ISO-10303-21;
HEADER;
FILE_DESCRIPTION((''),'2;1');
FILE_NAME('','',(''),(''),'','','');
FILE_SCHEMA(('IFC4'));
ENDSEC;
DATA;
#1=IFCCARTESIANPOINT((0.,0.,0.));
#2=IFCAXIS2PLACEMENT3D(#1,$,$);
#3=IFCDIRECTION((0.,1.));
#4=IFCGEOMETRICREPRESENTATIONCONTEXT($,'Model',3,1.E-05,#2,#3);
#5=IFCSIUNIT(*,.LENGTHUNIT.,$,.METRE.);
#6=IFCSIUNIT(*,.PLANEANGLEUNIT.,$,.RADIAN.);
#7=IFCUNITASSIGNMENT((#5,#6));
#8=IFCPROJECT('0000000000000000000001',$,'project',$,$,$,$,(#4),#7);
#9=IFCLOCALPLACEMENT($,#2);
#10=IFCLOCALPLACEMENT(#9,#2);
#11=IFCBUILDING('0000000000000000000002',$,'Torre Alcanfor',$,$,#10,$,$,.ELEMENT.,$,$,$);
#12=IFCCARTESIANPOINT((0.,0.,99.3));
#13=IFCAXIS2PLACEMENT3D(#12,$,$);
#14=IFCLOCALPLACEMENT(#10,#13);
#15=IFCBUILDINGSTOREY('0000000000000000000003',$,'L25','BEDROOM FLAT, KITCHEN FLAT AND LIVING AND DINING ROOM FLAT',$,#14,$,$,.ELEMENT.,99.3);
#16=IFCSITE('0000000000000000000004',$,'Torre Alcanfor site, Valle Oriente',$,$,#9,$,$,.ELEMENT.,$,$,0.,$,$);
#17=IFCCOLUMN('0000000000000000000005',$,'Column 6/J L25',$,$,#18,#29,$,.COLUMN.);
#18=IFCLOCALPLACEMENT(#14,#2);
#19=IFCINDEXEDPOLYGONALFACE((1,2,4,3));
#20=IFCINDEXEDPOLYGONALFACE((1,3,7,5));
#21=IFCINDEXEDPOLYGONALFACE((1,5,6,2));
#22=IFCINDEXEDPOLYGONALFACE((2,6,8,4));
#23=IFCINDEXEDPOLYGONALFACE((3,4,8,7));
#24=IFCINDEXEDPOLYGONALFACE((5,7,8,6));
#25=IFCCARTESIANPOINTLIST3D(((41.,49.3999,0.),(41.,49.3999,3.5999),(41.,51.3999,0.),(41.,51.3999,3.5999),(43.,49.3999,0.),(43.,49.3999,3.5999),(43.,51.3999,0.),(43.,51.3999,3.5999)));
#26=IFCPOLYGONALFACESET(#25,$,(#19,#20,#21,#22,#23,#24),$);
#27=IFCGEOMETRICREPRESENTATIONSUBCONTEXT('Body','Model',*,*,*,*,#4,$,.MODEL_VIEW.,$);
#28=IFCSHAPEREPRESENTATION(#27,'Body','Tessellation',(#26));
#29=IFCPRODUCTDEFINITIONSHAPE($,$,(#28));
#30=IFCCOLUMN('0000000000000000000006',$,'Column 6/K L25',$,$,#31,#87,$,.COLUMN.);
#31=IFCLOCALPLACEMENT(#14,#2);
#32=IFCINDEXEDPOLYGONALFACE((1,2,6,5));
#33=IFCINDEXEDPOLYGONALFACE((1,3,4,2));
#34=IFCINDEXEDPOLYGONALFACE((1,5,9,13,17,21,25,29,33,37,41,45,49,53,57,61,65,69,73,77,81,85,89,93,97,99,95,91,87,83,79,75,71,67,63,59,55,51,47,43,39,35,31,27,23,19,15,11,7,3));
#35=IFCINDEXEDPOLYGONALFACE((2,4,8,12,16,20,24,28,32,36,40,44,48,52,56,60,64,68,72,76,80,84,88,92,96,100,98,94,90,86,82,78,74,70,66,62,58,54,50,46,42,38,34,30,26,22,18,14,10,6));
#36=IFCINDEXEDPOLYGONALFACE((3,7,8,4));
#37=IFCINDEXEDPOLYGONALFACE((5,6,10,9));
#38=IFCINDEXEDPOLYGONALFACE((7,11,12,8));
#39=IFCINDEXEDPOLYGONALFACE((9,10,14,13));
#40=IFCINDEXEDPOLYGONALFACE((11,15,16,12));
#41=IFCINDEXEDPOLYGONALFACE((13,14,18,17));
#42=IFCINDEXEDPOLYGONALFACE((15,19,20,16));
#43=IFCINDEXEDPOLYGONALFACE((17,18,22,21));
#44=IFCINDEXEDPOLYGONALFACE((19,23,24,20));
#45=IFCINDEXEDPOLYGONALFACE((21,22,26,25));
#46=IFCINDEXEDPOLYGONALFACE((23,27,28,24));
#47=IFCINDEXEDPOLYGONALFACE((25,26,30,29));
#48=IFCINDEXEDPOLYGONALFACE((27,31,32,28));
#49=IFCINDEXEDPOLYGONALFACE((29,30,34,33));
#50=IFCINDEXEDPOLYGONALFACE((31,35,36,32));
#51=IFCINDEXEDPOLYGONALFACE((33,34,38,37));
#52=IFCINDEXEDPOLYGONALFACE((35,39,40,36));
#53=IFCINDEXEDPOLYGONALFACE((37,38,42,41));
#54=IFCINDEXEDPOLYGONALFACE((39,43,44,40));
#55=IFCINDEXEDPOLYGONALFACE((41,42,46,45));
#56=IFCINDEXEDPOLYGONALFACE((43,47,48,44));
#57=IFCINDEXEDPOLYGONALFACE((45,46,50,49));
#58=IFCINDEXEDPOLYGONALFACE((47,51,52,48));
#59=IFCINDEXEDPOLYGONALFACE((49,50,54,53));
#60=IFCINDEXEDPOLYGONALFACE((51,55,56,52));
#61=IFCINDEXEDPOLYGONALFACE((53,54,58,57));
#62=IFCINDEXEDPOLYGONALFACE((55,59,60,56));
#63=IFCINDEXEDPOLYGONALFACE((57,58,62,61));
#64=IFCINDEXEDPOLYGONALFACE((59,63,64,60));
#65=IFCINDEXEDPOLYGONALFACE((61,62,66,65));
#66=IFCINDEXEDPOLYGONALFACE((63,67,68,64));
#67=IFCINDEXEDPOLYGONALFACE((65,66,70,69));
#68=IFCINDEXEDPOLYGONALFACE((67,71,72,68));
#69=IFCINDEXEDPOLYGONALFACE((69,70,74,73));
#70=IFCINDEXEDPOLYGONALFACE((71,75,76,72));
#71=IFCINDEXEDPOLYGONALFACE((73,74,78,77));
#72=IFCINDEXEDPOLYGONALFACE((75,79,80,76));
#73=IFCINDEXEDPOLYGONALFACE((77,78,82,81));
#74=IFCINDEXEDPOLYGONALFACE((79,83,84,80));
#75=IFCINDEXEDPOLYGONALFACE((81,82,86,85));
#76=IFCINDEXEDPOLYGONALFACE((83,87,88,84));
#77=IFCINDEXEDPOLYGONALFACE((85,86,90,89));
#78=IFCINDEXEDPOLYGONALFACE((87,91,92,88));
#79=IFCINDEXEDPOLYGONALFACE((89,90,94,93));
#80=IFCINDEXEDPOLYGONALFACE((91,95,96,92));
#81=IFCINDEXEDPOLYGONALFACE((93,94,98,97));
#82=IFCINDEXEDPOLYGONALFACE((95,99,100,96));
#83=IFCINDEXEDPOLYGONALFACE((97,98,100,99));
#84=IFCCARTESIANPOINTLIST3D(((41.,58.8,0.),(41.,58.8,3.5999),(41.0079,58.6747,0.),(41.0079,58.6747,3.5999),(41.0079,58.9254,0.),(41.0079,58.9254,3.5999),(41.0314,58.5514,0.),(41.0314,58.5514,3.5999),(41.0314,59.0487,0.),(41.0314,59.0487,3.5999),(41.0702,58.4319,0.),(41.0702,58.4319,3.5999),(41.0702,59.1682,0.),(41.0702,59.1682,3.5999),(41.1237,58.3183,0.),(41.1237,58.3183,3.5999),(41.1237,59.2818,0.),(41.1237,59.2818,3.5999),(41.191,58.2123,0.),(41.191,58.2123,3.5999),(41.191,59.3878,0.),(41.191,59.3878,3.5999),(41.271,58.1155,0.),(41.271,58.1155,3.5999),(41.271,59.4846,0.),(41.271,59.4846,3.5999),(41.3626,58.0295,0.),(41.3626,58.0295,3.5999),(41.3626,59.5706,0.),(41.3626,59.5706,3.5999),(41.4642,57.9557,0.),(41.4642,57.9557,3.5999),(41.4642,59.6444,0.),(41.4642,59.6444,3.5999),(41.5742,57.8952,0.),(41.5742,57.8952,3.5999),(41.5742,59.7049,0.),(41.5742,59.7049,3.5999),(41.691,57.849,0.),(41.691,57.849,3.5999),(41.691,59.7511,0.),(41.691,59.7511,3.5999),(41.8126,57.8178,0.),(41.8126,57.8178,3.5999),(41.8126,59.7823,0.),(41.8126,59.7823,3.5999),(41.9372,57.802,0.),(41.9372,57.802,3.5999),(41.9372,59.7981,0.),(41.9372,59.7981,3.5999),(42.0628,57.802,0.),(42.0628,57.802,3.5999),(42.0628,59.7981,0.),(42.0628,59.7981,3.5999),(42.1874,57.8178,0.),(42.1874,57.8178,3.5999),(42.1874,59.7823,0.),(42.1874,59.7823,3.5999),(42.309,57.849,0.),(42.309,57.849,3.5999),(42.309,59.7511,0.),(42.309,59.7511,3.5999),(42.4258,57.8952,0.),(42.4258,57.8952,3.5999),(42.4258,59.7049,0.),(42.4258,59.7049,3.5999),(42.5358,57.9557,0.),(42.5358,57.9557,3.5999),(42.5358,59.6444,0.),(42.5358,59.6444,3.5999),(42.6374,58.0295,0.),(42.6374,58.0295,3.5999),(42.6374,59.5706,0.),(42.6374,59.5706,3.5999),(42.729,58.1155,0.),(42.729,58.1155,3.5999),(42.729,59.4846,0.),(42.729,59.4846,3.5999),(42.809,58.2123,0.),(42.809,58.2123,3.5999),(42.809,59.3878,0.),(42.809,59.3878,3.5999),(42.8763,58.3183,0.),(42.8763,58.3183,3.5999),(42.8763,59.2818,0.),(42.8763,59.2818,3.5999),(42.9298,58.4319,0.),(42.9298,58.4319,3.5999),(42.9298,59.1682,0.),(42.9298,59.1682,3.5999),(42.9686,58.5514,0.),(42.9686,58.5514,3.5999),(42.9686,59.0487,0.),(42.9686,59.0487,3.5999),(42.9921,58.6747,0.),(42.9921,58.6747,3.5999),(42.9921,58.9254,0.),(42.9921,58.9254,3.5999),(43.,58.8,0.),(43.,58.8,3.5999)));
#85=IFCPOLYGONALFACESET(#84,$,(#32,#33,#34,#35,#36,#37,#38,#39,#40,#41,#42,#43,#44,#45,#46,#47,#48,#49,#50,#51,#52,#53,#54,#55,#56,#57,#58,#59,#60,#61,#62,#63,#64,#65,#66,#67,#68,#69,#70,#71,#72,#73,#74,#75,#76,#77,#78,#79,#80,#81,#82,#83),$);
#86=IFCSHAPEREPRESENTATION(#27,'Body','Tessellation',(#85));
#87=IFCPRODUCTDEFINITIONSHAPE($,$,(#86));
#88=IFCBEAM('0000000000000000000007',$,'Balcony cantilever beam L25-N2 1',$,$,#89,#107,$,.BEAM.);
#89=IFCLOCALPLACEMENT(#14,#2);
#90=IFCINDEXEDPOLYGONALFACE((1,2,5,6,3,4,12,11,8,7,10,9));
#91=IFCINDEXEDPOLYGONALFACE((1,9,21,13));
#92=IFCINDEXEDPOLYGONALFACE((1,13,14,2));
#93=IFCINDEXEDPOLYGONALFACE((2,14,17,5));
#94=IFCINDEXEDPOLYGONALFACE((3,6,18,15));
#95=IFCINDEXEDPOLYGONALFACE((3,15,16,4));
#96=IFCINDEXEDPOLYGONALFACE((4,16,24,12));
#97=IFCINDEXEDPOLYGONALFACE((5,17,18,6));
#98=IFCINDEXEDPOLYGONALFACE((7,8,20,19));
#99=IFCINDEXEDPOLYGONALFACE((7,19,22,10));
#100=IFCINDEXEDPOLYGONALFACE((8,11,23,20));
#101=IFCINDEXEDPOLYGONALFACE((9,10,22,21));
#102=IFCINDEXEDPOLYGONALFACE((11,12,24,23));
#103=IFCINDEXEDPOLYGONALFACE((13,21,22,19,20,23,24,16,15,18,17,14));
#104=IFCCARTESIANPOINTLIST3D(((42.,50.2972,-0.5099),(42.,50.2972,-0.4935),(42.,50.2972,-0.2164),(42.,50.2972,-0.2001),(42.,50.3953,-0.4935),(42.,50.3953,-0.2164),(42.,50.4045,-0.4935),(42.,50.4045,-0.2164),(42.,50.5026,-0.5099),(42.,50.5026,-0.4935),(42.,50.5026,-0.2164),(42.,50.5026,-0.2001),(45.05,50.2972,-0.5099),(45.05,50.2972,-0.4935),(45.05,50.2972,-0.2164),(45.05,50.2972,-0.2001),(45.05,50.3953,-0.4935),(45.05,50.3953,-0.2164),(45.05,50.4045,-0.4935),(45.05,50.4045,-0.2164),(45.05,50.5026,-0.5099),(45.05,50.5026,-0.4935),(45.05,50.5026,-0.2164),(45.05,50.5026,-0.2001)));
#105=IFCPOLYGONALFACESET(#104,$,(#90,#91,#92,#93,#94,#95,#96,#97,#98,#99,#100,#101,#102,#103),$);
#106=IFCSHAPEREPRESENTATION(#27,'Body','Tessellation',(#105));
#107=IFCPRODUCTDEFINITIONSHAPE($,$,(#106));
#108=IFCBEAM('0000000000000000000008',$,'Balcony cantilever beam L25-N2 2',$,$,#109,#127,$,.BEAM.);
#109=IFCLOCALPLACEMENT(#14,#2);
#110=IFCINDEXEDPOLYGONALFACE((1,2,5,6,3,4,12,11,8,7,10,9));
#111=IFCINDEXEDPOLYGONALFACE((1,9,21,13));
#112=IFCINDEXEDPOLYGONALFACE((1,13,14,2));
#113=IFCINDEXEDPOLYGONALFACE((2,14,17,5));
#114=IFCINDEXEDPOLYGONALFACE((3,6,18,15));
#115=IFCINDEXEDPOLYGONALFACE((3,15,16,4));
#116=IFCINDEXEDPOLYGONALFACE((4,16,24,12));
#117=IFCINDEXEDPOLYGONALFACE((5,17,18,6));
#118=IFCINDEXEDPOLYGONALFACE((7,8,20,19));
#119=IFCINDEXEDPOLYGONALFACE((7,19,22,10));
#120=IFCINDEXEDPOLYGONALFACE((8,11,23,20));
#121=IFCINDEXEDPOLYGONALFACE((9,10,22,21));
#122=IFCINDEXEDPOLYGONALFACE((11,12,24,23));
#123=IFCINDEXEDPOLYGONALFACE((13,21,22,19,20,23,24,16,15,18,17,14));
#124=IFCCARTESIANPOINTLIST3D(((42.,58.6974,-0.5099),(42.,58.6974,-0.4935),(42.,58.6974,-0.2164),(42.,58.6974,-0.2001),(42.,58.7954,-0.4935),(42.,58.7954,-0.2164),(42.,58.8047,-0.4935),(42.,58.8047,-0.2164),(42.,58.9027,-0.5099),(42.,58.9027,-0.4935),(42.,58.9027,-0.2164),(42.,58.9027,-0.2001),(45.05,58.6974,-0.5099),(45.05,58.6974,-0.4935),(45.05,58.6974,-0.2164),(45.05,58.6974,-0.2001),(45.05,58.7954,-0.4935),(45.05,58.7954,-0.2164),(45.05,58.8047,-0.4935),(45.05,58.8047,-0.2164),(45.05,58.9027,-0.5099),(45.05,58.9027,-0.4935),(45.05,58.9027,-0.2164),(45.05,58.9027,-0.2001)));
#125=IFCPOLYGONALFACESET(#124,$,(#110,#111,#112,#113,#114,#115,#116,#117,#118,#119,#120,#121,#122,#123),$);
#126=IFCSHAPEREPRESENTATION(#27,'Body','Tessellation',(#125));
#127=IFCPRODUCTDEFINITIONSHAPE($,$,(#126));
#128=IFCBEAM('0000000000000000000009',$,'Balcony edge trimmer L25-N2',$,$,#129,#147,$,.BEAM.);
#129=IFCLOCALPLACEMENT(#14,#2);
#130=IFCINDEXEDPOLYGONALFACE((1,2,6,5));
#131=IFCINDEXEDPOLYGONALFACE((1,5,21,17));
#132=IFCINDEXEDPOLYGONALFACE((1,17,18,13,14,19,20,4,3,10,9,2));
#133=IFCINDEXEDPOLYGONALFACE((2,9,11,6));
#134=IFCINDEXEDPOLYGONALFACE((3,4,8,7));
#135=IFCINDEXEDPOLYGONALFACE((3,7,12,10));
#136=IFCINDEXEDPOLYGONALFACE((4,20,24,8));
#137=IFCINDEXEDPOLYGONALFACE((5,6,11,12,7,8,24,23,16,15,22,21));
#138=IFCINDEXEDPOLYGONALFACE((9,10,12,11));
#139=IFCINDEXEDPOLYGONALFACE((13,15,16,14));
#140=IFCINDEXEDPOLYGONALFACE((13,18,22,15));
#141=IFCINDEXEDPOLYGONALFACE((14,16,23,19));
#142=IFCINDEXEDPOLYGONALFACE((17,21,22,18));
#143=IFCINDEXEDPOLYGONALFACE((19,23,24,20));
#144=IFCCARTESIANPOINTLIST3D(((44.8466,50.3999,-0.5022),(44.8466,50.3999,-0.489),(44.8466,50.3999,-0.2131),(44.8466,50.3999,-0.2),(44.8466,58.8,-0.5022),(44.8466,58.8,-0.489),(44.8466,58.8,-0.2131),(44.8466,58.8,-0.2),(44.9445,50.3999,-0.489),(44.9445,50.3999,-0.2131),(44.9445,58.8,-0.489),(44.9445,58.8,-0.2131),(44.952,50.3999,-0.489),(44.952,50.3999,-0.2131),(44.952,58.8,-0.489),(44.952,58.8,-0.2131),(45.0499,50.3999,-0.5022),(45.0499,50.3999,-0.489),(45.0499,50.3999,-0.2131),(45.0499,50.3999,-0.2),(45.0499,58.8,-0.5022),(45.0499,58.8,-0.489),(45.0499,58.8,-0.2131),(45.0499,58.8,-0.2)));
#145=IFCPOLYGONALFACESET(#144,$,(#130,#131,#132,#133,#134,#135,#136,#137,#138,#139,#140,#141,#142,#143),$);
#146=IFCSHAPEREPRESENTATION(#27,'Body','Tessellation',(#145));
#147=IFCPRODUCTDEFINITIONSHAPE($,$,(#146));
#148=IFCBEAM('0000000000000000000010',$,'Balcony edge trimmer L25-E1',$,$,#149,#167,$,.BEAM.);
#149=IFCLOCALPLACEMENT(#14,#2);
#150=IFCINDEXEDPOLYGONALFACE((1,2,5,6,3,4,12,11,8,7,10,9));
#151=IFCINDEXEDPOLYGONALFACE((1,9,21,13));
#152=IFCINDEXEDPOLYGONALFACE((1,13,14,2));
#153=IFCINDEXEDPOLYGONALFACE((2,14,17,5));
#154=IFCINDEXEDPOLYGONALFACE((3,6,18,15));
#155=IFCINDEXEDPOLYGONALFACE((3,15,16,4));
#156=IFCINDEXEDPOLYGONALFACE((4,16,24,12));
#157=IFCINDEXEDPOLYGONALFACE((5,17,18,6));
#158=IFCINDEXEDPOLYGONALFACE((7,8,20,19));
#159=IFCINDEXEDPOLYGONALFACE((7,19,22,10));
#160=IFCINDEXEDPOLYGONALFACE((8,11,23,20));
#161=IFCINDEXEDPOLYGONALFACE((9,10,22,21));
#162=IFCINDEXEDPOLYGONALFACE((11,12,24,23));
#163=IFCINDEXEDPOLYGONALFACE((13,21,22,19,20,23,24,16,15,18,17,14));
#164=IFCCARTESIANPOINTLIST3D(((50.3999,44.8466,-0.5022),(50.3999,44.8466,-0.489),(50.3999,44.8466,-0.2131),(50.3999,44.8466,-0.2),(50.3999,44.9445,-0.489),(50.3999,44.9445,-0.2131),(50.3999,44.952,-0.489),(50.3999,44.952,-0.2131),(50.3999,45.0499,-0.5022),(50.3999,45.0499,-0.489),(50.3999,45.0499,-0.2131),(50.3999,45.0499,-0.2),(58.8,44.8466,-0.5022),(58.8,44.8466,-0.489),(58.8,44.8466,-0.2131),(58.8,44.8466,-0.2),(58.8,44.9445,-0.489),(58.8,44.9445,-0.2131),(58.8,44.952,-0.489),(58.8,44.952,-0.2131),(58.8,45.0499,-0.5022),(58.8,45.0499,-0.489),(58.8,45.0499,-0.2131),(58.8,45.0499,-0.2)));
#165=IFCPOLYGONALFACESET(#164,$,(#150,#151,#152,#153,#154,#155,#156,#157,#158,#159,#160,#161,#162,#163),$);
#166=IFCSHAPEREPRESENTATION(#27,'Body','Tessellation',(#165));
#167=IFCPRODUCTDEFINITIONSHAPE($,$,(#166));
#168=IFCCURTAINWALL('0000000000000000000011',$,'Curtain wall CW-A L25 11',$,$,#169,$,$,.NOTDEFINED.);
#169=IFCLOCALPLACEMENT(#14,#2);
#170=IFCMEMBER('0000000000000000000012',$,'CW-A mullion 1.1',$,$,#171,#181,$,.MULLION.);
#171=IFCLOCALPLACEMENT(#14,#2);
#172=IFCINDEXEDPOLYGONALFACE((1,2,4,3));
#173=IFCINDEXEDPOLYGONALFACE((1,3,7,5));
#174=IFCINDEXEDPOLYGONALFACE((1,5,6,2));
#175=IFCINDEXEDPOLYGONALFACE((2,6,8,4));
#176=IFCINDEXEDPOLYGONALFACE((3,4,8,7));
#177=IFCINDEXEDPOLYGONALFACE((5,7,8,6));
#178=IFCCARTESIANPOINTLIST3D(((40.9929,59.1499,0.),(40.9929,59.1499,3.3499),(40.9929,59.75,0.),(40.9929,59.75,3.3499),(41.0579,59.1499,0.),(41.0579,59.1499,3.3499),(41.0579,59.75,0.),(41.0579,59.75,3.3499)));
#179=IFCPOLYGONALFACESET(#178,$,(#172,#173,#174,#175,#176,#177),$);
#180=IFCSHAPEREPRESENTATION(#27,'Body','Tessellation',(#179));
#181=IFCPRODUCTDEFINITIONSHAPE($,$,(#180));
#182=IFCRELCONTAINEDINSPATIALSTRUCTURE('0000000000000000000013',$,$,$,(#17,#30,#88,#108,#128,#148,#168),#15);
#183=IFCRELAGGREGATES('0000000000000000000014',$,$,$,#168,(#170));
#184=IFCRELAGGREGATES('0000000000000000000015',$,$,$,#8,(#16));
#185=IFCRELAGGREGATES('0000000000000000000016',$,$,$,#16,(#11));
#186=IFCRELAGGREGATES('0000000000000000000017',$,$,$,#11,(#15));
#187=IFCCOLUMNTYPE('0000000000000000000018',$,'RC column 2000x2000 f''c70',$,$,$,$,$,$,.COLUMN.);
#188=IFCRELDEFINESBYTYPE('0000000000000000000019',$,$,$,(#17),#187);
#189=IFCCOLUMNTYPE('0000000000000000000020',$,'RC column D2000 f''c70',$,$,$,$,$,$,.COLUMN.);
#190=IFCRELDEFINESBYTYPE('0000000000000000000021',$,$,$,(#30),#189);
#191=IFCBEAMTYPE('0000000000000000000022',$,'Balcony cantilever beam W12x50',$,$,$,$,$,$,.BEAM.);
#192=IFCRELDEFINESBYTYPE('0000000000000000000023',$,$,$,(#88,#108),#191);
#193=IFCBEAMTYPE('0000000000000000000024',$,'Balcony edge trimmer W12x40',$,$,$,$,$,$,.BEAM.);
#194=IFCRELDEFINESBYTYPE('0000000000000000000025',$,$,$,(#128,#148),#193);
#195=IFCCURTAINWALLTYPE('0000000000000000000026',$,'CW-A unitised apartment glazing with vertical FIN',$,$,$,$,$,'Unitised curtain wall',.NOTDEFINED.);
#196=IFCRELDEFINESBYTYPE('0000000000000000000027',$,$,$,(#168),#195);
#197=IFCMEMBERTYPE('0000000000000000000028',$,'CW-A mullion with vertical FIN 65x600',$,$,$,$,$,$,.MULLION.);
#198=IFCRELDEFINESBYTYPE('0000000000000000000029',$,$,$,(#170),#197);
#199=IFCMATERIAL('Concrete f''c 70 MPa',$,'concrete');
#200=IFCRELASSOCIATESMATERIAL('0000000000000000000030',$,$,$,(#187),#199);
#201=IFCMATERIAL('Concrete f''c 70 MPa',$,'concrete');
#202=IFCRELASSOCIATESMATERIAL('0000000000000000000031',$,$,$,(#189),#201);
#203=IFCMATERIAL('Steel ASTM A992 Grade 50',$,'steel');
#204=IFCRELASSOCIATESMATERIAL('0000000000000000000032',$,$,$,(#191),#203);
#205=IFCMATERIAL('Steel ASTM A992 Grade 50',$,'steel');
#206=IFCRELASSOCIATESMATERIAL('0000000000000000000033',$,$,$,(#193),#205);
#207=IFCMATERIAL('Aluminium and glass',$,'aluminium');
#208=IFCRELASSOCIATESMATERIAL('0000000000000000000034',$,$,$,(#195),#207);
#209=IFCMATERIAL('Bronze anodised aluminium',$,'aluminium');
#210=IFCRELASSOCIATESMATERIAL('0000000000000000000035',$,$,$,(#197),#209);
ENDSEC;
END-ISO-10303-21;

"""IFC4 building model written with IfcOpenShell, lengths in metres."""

from ifc_helpers import new_model, si_unit, direction, frame, origin, origin_2d, place, context, subcontext, project, spatial, rectangle, circle, i_section, extrude, material, material_profile, profile_set, type_object, element, aggregate, save


model = new_model("IFC4")

# Units and contexts
model_context = context("Model", 3, precision=1e-05, world=origin(), true_north=direction((0.0, 1.0)))
body_context = subcontext(model_context, "Body", "Model", "MODEL_VIEW")
ifc_project = project(units=[si_unit("LENGTHUNIT", "METRE"), si_unit("PLANEANGLEUNIT", "RADIAN")], contexts=[model_context])

# Site, building, storey
site_placement = place(None, origin())
site = spatial("IfcSite", under=ifc_project, at=site_placement, Name="Torre Alcanfor site, Valle Oriente", CompositionType="ELEMENT", RefElevation=0.0)
building_placement = place(site_placement, origin())
building = spatial("IfcBuilding", under=site, at=building_placement, Name="Torre Alcanfor", CompositionType="ELEMENT")
storey_placement = place(building_placement, frame((0.0, 0.0, 99.3)))
storey = spatial("IfcBuildingStorey", under=building, at=storey_placement, Name="L25", Description="BEDROOM FLAT, KITCHEN FLAT AND LIVING AND DINING ROOM FLAT", CompositionType="ELEMENT", Elevation=99.3)

# Columns
ifc_material_1 = material(Name="Concrete f'c 70 MPa", Category="concrete")
ifc_material_profile_1 = material_profile(ifc_material_1, rectangle(XDim=2.0, YDim=2.0, at=origin_2d()), Name="2000x2000")
ifc_profile_set_1 = profile_set([ifc_material_profile_1], Name="Concrete f'c 70 MPa")
column_type_1 = type_object("IfcColumnType", Name="RC column 2000x2000 f'c70", PredefinedType="COLUMN", material=ifc_profile_set_1)
column_1_placement = place(storey_placement, frame((42.0, 50.3999, 0.0), z_axis=(0.0, 0.0, 1.0), x_axis=(1.0, 0.0, 0.0)))
element("IfcColumn", 1, at=column_1_placement, inside=storey, type_object=column_type_1, Name="Column 6/J L25", PredefinedType="COLUMN", context=body_context, shape_type="SweptSolid", body=[
    extrude(rectangle(XDim=2.0, YDim=2.0, at=origin_2d()), origin(), (0.0, 0.0, 1.0), 3.5999),
])
ifc_material_2 = material(Name="Concrete f'c 70 MPa", Category="concrete")
ifc_material_profile_2 = material_profile(ifc_material_2, circle(Radius=1.0, at=origin_2d()), Name="D2000")
ifc_profile_set_2 = profile_set([ifc_material_profile_2], Name="Concrete f'c 70 MPa")
column_type_2 = type_object("IfcColumnType", Name="RC column D2000 f'c70", PredefinedType="COLUMN", material=ifc_profile_set_2)
column_2_placement = place(storey_placement, frame((42.0, 58.8, 0.0), z_axis=(0.0, 0.0, 1.0), x_axis=(1.0, 0.0, 0.0)))
element("IfcColumn", 2, at=column_2_placement, inside=storey, type_object=column_type_2, Name="Column 6/K L25", PredefinedType="COLUMN", context=body_context, shape_type="SweptSolid", body=[
    extrude(circle(Radius=1.0, at=origin_2d()), origin(), (0.0, 0.0, 1.0), 3.5999),
])

# Beams
ifc_material_3 = material(Name="Steel ASTM A992 Grade 50", Category="steel")
ifc_material_profile_3 = material_profile(ifc_material_3, i_section(OverallWidth=0.2053, OverallDepth=0.3098, WebThickness=0.0093, FlangeThickness=0.0164, at=origin_2d()), Name="W12x50")
ifc_profile_set_3 = profile_set([ifc_material_profile_3], Name="Steel ASTM A992 Grade 50")
beam_type_1 = type_object("IfcBeamType", Name="Balcony cantilever beam W12x50", PredefinedType="BEAM", material=ifc_profile_set_3)
for number, where, z_axis, x_axis, name in (
    (3, (42.0, 50.3999, -0.355), (1.0, 0.0, 0.0), (0.0, 1.0, 0.0), "Balcony cantilever beam L25-N2 1"),
    (4, (42.0, 58.8, -0.355), (1.0, 0.0, 0.0), (0.0, 1.0, 0.0), "Balcony cantilever beam L25-N2 2"),
):
    element("IfcBeam", number, at=place(storey_placement, frame(where, z_axis=z_axis, x_axis=x_axis)), inside=storey, type_object=beam_type_1, Name=name, PredefinedType="BEAM", context=body_context, shape_type="SweptSolid", body=[
        extrude(i_section(OverallWidth=0.2053, OverallDepth=0.3098, WebThickness=0.0093, FlangeThickness=0.0164, at=origin_2d()), origin(), (0.0, 0.0, 1.0), 3.05),
    ])
ifc_material_4 = material(Name="Steel ASTM A992 Grade 50", Category="steel")
ifc_material_profile_4 = material_profile(ifc_material_4, i_section(OverallWidth=0.2034, OverallDepth=0.3022, WebThickness=0.0076, FlangeThickness=0.0132, at=origin_2d()), Name="W12x40")
ifc_profile_set_4 = profile_set([ifc_material_profile_4], Name="Steel ASTM A992 Grade 50")
beam_type_2 = type_object("IfcBeamType", Name="Balcony edge trimmer W12x40", PredefinedType="BEAM", material=ifc_profile_set_4)
for number, where, z_axis, x_axis, name in (
    (5, (44.9482, 50.3999, -0.3511), (0.0, 1.0, 0.0), (-1.0, 0.0, 0.0), "Balcony edge trimmer L25-N2"),
    (6, (50.3999, 44.9482, -0.3511), (1.0, 0.0, 0.0), (0.0, 1.0, 0.0), "Balcony edge trimmer L25-E1"),
):
    element("IfcBeam", number, at=place(storey_placement, frame(where, z_axis=z_axis, x_axis=x_axis)), inside=storey, type_object=beam_type_2, Name=name, PredefinedType="BEAM", context=body_context, shape_type="SweptSolid", body=[
        extrude(i_section(OverallWidth=0.2034, OverallDepth=0.3022, WebThickness=0.0076, FlangeThickness=0.0132, at=origin_2d()), origin(), (0.0, 0.0, 1.0), 8.4001),
    ])

# Curtain wall, member
ifc_material_5 = material(Name="Aluminium and glass", Category="aluminium")
curtain_wall_type = type_object("IfcCurtainWallType", Name="CW-A unitised apartment glazing with vertical FIN", ElementType="Unitised curtain wall", PredefinedType="NOTDEFINED", material=ifc_material_5)
curtain_wall_placement = place(storey_placement, origin())
curtain_wall = element("IfcCurtainWall", 7, at=curtain_wall_placement, inside=storey, type_object=curtain_wall_type, Name="Curtain wall CW-A L25 11", PredefinedType="NOTDEFINED")
ifc_material_6 = material(Name="Bronze anodised aluminium", Category="aluminium")
ifc_material_profile_5 = material_profile(ifc_material_6, rectangle(XDim=0.6001, YDim=0.0649, at=origin_2d()), Name="CW-A mullion 65x600")
ifc_profile_set_5 = profile_set([ifc_material_profile_5], Name="Bronze anodised aluminium")
member_type_1 = type_object("IfcMemberType", Name="CW-A mullion with vertical FIN 65x600", PredefinedType="MULLION", material=ifc_profile_set_5)
member_1_placement = place(storey_placement, frame((41.0254, 59.45, 0.0), z_axis=(0.0, 0.0, 1.0), x_axis=(0.0, -1.0, 0.0)))
member_1 = element("IfcMember", 8, at=member_1_placement, type_object=member_type_1, Name="CW-A mullion 1.1", PredefinedType="MULLION", context=body_context, shape_type="SweptSolid", body=[
    extrude(rectangle(XDim=0.6001, YDim=0.0649, at=origin_2d()), origin(), (0.0, 0.0, 1.0), 3.3499),
])

aggregate(curtain_wall, [member_1])

save(model, "model.ifc")
